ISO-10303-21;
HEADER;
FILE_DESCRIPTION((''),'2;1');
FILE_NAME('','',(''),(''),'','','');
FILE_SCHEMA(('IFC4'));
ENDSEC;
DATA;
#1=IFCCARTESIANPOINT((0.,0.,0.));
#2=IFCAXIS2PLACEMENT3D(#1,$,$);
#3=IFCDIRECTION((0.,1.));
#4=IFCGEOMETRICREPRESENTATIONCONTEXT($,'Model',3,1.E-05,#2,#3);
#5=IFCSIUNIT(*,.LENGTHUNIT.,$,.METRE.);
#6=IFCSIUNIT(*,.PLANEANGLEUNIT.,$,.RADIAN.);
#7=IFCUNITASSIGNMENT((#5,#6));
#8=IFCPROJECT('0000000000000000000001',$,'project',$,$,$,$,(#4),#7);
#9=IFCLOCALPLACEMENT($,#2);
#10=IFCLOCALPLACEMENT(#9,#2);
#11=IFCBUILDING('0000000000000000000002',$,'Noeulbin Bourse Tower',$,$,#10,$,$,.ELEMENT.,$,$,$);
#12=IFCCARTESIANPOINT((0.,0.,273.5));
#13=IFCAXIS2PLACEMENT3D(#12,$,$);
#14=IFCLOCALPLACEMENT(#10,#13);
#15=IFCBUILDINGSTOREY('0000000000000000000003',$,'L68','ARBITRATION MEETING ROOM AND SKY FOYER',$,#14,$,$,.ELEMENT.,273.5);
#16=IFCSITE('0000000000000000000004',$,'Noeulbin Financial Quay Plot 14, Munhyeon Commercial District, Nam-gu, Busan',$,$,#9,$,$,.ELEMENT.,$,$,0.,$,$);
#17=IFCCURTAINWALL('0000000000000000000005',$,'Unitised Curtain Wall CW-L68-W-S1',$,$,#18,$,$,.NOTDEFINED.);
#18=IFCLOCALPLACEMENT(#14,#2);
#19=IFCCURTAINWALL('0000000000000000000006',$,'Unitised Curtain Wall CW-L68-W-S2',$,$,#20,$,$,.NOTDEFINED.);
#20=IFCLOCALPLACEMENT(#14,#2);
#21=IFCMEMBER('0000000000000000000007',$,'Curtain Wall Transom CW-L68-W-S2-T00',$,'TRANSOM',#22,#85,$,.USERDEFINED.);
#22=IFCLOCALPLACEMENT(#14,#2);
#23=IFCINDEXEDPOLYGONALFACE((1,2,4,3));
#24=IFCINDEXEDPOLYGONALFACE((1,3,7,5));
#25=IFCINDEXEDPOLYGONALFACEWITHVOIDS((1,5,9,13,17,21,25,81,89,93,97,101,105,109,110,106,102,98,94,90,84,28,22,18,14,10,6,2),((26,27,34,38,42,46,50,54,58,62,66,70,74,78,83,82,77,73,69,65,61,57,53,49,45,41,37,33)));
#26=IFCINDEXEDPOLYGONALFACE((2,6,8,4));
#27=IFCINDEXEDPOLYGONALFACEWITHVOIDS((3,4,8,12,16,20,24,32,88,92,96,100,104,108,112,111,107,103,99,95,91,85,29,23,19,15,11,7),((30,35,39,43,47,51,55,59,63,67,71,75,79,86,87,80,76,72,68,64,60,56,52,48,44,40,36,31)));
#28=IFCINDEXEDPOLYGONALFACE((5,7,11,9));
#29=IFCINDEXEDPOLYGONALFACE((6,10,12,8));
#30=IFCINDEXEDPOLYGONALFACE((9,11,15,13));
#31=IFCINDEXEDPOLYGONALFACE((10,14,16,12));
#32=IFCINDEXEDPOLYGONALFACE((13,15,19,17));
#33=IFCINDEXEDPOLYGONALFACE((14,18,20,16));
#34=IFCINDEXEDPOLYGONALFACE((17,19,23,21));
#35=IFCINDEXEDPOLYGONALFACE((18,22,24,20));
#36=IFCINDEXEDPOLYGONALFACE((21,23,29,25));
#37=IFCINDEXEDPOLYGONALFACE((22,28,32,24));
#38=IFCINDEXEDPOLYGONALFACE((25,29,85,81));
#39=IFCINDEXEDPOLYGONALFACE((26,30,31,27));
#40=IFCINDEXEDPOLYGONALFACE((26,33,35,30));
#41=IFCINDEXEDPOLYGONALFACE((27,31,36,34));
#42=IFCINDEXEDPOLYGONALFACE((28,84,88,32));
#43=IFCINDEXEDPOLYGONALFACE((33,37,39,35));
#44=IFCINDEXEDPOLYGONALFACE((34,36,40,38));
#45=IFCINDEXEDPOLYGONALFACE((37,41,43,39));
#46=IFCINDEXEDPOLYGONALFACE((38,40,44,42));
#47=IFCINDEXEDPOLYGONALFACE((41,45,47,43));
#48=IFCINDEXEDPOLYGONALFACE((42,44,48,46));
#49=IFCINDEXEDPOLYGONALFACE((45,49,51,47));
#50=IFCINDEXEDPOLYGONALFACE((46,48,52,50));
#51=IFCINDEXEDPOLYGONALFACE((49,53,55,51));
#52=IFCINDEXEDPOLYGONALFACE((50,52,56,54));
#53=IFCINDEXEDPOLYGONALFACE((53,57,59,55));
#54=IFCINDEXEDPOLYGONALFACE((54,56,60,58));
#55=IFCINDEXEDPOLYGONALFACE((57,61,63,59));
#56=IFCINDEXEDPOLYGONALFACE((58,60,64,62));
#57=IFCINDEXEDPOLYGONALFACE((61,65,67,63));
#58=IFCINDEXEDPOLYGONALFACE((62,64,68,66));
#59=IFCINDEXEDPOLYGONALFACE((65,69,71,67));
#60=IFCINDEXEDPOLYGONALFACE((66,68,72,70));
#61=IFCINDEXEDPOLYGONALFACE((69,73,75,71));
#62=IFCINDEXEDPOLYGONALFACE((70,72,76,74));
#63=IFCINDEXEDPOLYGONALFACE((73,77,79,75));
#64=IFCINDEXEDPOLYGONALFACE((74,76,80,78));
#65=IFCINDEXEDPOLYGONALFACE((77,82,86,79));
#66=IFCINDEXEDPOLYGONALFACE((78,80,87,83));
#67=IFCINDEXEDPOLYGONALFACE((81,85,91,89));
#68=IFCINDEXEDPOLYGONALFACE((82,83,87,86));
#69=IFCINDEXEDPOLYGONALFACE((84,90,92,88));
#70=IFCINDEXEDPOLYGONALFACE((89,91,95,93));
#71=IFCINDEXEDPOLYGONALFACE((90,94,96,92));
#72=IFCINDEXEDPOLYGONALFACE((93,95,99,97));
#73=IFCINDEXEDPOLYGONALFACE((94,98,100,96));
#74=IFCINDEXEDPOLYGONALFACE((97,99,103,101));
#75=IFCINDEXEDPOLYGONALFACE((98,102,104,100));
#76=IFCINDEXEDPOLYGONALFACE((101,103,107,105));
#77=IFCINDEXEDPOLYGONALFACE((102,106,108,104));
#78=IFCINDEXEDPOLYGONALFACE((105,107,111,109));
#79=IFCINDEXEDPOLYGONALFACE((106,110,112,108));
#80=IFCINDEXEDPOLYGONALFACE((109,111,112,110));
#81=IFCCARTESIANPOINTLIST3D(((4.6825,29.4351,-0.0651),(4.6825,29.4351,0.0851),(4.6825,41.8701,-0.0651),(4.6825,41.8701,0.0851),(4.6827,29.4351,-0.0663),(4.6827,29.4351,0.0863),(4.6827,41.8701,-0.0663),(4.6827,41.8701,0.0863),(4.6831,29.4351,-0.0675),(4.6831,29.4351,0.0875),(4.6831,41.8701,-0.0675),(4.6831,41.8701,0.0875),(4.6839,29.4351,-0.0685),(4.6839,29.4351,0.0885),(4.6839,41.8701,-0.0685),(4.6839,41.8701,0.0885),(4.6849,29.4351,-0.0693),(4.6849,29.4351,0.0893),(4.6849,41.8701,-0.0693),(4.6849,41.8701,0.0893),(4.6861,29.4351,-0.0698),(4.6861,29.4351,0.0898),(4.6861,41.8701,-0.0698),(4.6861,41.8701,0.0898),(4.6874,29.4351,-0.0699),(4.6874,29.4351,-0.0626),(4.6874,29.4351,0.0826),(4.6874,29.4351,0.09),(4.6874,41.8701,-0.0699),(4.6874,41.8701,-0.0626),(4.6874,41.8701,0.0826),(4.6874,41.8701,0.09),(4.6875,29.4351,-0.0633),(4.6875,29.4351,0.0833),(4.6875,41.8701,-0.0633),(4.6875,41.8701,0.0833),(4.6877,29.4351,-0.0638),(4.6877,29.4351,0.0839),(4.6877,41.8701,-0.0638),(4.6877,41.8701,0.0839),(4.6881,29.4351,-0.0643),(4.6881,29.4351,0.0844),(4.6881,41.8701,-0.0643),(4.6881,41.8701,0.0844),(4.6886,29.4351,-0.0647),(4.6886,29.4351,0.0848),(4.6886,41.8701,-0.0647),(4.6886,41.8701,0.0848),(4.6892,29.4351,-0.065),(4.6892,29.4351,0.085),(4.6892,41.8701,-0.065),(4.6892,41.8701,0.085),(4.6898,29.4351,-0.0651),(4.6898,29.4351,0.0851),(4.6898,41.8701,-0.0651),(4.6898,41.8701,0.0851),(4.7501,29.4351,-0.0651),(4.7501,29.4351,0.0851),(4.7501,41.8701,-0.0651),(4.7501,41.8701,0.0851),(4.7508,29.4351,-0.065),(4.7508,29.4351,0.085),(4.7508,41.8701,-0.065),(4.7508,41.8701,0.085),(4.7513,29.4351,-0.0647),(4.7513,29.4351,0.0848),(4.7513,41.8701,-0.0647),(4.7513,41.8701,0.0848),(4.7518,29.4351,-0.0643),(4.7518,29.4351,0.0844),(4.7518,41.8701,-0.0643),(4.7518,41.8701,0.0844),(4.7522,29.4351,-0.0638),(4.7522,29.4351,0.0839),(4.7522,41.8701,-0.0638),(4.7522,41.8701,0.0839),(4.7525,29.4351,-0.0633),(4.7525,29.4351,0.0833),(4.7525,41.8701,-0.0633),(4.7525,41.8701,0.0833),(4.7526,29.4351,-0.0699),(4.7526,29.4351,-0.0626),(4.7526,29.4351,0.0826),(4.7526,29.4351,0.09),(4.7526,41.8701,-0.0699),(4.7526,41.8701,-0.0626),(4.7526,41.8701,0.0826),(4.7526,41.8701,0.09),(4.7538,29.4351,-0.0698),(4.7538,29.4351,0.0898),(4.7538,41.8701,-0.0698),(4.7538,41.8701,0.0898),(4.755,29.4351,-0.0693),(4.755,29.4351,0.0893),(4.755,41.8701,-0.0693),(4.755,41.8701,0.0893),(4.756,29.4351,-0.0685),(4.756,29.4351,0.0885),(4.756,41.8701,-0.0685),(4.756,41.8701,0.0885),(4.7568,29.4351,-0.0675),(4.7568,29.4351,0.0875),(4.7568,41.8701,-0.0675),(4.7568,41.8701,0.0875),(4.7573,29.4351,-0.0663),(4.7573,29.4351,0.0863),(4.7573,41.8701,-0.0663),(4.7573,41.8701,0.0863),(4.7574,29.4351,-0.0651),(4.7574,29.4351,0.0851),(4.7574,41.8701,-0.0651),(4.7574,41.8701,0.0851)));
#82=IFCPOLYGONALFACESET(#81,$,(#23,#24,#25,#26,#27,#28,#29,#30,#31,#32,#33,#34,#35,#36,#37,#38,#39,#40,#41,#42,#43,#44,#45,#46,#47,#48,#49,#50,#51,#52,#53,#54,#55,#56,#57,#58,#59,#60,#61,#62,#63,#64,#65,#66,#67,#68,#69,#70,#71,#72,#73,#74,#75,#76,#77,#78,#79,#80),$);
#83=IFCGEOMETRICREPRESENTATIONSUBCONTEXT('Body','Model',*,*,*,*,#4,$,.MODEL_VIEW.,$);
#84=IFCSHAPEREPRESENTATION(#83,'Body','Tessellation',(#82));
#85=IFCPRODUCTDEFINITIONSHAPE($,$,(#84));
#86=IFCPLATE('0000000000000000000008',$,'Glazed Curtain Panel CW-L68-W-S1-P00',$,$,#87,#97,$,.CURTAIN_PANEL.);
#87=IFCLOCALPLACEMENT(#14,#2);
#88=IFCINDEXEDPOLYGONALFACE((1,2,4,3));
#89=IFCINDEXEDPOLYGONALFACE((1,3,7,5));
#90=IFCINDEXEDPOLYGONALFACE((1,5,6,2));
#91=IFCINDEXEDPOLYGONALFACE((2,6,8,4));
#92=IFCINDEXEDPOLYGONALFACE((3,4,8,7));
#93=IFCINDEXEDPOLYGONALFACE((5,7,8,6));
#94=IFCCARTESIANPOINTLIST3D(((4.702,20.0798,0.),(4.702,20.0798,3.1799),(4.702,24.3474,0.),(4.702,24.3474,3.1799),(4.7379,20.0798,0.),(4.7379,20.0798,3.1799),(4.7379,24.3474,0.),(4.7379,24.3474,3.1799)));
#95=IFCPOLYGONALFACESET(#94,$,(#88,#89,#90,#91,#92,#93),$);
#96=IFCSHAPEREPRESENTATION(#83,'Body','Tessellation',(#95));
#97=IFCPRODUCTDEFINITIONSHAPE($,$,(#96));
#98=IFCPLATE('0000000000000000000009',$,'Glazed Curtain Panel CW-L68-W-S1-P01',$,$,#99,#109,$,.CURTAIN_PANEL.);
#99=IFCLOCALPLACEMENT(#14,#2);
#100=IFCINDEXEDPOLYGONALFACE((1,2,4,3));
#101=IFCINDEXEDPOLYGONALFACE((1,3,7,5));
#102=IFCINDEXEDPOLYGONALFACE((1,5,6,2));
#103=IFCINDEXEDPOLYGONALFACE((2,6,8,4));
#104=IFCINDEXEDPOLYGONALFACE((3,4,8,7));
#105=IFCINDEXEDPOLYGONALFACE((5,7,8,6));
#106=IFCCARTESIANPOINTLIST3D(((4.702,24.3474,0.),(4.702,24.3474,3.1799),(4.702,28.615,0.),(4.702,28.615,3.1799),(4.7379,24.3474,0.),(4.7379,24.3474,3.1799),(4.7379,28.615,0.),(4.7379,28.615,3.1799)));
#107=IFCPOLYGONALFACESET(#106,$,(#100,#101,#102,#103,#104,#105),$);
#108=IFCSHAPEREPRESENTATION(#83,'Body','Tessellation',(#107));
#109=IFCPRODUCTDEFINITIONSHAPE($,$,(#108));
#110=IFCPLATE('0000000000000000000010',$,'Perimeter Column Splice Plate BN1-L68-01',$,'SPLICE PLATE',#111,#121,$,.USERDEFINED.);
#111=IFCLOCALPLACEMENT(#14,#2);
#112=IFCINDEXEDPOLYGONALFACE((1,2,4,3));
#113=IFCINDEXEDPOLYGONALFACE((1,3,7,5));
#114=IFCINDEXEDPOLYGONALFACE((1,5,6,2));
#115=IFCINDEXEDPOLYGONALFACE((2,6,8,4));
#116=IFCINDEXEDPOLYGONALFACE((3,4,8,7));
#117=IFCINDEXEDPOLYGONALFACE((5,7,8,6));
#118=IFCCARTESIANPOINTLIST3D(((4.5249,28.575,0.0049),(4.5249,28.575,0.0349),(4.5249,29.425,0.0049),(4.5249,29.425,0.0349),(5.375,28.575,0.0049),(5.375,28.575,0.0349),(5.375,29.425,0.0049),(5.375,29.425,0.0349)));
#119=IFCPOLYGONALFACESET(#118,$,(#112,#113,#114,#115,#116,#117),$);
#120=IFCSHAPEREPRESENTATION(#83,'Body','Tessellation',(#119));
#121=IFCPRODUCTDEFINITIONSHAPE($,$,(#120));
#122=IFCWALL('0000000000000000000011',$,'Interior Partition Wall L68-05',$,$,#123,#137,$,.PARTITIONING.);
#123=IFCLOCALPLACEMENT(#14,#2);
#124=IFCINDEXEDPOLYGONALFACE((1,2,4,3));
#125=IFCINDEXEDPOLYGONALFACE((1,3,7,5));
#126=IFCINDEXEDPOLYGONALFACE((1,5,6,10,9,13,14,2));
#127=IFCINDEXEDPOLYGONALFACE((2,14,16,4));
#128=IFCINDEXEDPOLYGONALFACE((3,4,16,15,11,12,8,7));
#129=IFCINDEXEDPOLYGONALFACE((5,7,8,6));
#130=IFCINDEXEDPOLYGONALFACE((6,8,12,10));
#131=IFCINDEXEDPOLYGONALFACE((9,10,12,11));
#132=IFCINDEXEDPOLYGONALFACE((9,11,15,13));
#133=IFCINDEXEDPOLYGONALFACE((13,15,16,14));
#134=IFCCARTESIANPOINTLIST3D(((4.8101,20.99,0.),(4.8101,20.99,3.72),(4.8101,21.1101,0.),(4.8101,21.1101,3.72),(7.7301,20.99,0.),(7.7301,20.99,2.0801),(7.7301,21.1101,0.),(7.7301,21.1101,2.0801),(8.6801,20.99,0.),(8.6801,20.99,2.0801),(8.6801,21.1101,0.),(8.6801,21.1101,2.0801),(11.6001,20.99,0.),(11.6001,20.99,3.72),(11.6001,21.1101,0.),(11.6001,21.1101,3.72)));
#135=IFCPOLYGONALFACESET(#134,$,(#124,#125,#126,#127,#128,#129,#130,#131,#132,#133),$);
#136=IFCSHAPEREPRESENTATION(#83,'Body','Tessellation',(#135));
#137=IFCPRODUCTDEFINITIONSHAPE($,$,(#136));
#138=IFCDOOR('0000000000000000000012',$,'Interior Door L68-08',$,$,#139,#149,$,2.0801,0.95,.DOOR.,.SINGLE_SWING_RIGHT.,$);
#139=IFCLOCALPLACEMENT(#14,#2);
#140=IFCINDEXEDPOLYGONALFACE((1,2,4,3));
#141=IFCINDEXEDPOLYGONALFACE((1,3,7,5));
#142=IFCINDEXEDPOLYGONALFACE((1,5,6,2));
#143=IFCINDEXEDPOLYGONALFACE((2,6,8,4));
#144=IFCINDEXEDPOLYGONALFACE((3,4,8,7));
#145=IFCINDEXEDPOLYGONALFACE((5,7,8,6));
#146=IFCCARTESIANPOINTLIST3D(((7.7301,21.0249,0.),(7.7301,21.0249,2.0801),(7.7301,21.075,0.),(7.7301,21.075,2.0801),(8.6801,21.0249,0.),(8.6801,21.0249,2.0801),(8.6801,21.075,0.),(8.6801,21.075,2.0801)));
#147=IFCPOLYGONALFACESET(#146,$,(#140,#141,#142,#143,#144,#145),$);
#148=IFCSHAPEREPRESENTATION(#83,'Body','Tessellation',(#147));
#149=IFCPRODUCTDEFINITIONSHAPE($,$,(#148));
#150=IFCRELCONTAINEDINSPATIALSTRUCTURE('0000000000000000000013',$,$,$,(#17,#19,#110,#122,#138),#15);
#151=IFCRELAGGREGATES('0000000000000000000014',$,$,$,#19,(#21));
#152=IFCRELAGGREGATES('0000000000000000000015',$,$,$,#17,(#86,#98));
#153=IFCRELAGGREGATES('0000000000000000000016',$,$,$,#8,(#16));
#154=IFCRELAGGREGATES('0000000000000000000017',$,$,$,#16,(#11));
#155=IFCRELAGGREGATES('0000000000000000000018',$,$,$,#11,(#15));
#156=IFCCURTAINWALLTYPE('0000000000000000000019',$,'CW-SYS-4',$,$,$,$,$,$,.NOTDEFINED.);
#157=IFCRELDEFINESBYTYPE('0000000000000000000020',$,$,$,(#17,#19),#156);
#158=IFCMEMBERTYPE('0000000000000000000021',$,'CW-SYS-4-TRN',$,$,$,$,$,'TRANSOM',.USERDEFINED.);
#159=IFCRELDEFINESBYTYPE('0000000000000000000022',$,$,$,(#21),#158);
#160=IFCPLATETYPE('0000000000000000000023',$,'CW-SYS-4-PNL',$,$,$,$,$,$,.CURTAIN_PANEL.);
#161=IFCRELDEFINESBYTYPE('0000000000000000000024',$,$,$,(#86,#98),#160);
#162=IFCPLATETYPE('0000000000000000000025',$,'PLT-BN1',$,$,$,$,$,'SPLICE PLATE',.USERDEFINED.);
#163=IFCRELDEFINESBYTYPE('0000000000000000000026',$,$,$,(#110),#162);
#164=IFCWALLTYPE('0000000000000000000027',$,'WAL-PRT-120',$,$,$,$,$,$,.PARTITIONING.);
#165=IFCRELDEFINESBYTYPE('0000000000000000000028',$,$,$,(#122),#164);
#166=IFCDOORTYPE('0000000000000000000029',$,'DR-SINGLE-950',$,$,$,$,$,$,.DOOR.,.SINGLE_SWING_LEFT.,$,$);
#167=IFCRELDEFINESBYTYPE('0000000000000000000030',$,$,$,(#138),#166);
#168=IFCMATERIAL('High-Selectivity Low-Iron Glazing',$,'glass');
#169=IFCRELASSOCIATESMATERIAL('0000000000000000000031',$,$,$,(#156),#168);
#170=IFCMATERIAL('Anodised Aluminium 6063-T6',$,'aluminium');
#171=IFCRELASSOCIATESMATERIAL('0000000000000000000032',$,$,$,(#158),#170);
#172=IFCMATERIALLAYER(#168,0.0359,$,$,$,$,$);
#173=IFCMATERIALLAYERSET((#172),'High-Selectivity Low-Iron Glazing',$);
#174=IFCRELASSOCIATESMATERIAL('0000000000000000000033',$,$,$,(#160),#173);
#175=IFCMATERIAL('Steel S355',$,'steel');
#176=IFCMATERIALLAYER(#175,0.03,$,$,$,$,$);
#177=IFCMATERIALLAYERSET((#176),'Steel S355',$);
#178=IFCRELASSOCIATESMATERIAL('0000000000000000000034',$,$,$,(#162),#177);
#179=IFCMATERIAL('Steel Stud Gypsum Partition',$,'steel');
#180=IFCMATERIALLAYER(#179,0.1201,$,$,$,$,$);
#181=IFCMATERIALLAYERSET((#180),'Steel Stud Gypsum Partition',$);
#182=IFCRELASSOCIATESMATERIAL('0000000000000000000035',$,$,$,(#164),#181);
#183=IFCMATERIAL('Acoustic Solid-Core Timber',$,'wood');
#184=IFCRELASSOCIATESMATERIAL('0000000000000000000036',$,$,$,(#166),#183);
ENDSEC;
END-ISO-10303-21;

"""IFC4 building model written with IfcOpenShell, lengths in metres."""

from ifc_helpers import new_model, si_unit, direction, frame, frame_2d, origin, origin_2d, place, context, subcontext, project, spatial, rectangle, hollow_rectangle, extrude, material, layer, layer_set, material_profile, profile_set, type_object, element, fill, aggregate, save


model = new_model("IFC4")

# Units and contexts
model_context = context("Model", 3, precision=1e-05, world=origin(), true_north=direction((0.0, 1.0)))
body_context = subcontext(model_context, "Body", "Model", "MODEL_VIEW")
ifc_project = project(units=[si_unit("LENGTHUNIT", "METRE"), si_unit("PLANEANGLEUNIT", "RADIAN")], contexts=[model_context])

# Site, building, storey
site_placement = place(None, origin())
site = spatial("IfcSite", under=ifc_project, at=site_placement, Name="Noeulbin Financial Quay Plot 14, Munhyeon Commercial District, Nam-gu, Busan", CompositionType="ELEMENT", RefElevation=0.0)
building_placement = place(site_placement, origin())
building = spatial("IfcBuilding", under=site, at=building_placement, Name="Noeulbin Bourse Tower", CompositionType="ELEMENT")
storey_placement = place(building_placement, frame((0.0, 0.0, 273.5)))
storey = spatial("IfcBuildingStorey", under=building, at=storey_placement, Name="L68", Description="ARBITRATION MEETING ROOM AND SKY FOYER", CompositionType="ELEMENT", Elevation=273.5)

# Shared definitions
ifc_material_1 = material(Name="Steel S355", Category="steel")

# Curtain wall
ifc_material_2 = material(Name="High-Selectivity Low-Iron Glazing", Category="glass")
curtain_wall_type = type_object("IfcCurtainWallType", Name="CW-SYS-4", PredefinedType="NOTDEFINED", material=ifc_material_2)
curtain_wall_1_placement = place(storey_placement, origin())
curtain_wall_1 = element("IfcCurtainWall", 1, at=curtain_wall_1_placement, inside=storey, type_object=curtain_wall_type, Name="Unitised Curtain Wall CW-L68-W-S1", PredefinedType="NOTDEFINED")
ifc_material_3 = material(Name="Anodised Aluminium 6063-T6", Category="aluminium")

# Curtain wall
curtain_wall_2_placement = place(storey_placement, origin())
curtain_wall_2 = element("IfcCurtainWall", 2, at=curtain_wall_2_placement, inside=storey, type_object=curtain_wall_type, Name="Unitised Curtain Wall CW-L68-W-S2", PredefinedType="NOTDEFINED")

# Member
ifc_material_profile_1 = material_profile(ifc_material_3, hollow_rectangle(XDim=0.075, YDim=0.1599, WallThickness=0.0049, InnerFilletRadius=0.0024, OuterFilletRadius=0.0049, at=origin_2d()), Name="ALU-TRAN-75x160x5", Category="LoadBearing")
ifc_profile_set_1 = profile_set([ifc_material_profile_1], Name="Anodised Aluminium 6063-T6")
member_type_1 = type_object("IfcMemberType", Name="CW-SYS-4-TRN", ElementType="TRANSOM", PredefinedType="USERDEFINED", material=ifc_profile_set_1)
member_1_placement = place(storey_placement, frame((4.72, 29.4351, 0.01), z_axis=(0.0, 1.0, 0.0), x_axis=(-1.0, 0.0, 0.0)))
member_1 = element("IfcMember", 3, at=member_1_placement, type_object=member_type_1, Name="Curtain Wall Transom CW-L68-W-S2-T00", ObjectType="TRANSOM", PredefinedType="USERDEFINED", context=body_context, shape_type="SweptSolid", body=[
    extrude(hollow_rectangle(XDim=0.075, YDim=0.1599, WallThickness=0.0049, InnerFilletRadius=0.0024, OuterFilletRadius=0.0049, at=origin_2d()), origin(), (0.0, 0.0, 1.0), 12.4351),
])
aggregate(curtain_wall_2, [member_1])

# Plates
ifc_layer_1 = layer(ifc_material_2, 0.0359)
ifc_layer_set_1 = layer_set([ifc_layer_1], Name="High-Selectivity Low-Iron Glazing")
plate_type_1 = type_object("IfcPlateType", Name="CW-SYS-4-PNL", PredefinedType="CURTAIN_PANEL", material=ifc_layer_set_1)
plate_1_placement = place(storey_placement, frame((4.72, 22.2136, 0.0), z_axis=(0.0, 0.0, 1.0), x_axis=(0.0, 1.0, 0.0)))
plate_1 = element("IfcPlate", 4, at=plate_1_placement, type_object=plate_type_1, Name="Glazed Curtain Panel CW-L68-W-S1-P00", PredefinedType="CURTAIN_PANEL", context=body_context, shape_type="SweptSolid", body=[
    extrude(rectangle(XDim=4.2676, YDim=0.0359, at=origin_2d()), origin(), (0.0, 0.0, 1.0), 3.1799),
])
plate_2_placement = place(storey_placement, frame((4.72, 26.4812, 0.0), z_axis=(0.0, 0.0, 1.0), x_axis=(0.0, 1.0, 0.0)))
plate_2 = element("IfcPlate", 5, at=plate_2_placement, type_object=plate_type_1, Name="Glazed Curtain Panel CW-L68-W-S1-P01", PredefinedType="CURTAIN_PANEL", context=body_context, shape_type="SweptSolid", body=[
    extrude(rectangle(XDim=4.2676, YDim=0.0359, at=origin_2d()), origin(), (0.0, 0.0, 1.0), 3.1799),
])
aggregate(curtain_wall_1, [plate_1, plate_2])
ifc_layer_2 = layer(ifc_material_1, 0.03)
ifc_layer_set_2 = layer_set([ifc_layer_2], Name="Steel S355")
plate_type_2 = type_object("IfcPlateType", Name="PLT-BN1", ElementType="SPLICE PLATE", PredefinedType="USERDEFINED", material=ifc_layer_set_2)
plate_3_placement = place(storey_placement, frame((4.95, 29.0, 0.0049), z_axis=(0.0, 0.0, 1.0), x_axis=(1.0, 0.0, 0.0)))
element("IfcPlate", 6, at=plate_3_placement, inside=storey, type_object=plate_type_2, Name="Perimeter Column Splice Plate BN1-L68-01", ObjectType="SPLICE PLATE", PredefinedType="USERDEFINED", context=body_context, shape_type="SweptSolid", body=[
    extrude(rectangle(XDim=0.8501, YDim=0.8501, at=origin_2d()), origin(), (0.0, 0.0, 1.0), 0.03),
])

# Wall, opening, door
ifc_material_4 = material(Name="Steel Stud Gypsum Partition", Category="steel")
ifc_layer_3 = layer(ifc_material_4, 0.1201)
ifc_layer_set_3 = layer_set([ifc_layer_3], Name="Steel Stud Gypsum Partition")
wall_type_1 = type_object("IfcWallType", Name="WAL-PRT-120", PredefinedType="PARTITIONING", material=ifc_layer_set_3)
wall_1_placement = place(storey_placement, frame((4.8101, 21.05, 0.0), z_axis=(0.0, 0.0, 1.0), x_axis=(1.0, 0.0, 0.0)))
wall_1 = element("IfcWall", 7, at=wall_1_placement, inside=storey, type_object=wall_type_1, Name="Interior Partition Wall L68-05", PredefinedType="PARTITIONING", context=body_context, shape_type="SweptSolid", body=[
    extrude(rectangle(XDim=6.79, YDim=0.1201, at=frame_2d((3.395, 0.0))), origin(), (0.0, 0.0, 1.0), 3.72),
])
opening_1_placement = place(wall_1_placement, frame((2.9199, 0.0, 0.0)))
opening_1 = element("IfcOpeningElement", 8, at=opening_1_placement, cuts=wall_1, PredefinedType="OPENING", context=body_context, shape_type="SweptSolid", body=[
    extrude(rectangle(XDim=0.95, YDim=2.0801, at=frame_2d((0.4751, 1.04))), frame((0.0, 0.0701, 0.0), z_axis=(0.0, -1.0, 0.0), x_axis=(1.0, 0.0, 0.0)), (0.0, 0.0, 1.0), 0.1401),
])
ifc_material_5 = material(Name="Acoustic Solid-Core Timber", Category="wood")
door_type = type_object("IfcDoorType", Name="DR-SINGLE-950", OperationType="SINGLE_SWING_LEFT", PredefinedType="DOOR", material=ifc_material_5)
door_1_placement = place(opening_1_placement, origin())
door_1 = element("IfcDoor", 9, at=door_1_placement, inside=storey, type_object=door_type, Name="Interior Door L68-08", OperationType="SINGLE_SWING_RIGHT", OverallHeight=2.0801, OverallWidth=0.95, PredefinedType="DOOR", context=body_context, shape_type="SweptSolid", body=[
    extrude(rectangle(XDim=0.95, YDim=2.0801, at=frame_2d((0.4751, 1.04))), frame((0.0, 0.0249, 0.0), z_axis=(0.0, -1.0, 0.0), x_axis=(1.0, 0.0, 0.0)), (0.0, 0.0, 1.0), 0.05),
])
fill(opening_1, door_1)

save(model, "model.ifc")
